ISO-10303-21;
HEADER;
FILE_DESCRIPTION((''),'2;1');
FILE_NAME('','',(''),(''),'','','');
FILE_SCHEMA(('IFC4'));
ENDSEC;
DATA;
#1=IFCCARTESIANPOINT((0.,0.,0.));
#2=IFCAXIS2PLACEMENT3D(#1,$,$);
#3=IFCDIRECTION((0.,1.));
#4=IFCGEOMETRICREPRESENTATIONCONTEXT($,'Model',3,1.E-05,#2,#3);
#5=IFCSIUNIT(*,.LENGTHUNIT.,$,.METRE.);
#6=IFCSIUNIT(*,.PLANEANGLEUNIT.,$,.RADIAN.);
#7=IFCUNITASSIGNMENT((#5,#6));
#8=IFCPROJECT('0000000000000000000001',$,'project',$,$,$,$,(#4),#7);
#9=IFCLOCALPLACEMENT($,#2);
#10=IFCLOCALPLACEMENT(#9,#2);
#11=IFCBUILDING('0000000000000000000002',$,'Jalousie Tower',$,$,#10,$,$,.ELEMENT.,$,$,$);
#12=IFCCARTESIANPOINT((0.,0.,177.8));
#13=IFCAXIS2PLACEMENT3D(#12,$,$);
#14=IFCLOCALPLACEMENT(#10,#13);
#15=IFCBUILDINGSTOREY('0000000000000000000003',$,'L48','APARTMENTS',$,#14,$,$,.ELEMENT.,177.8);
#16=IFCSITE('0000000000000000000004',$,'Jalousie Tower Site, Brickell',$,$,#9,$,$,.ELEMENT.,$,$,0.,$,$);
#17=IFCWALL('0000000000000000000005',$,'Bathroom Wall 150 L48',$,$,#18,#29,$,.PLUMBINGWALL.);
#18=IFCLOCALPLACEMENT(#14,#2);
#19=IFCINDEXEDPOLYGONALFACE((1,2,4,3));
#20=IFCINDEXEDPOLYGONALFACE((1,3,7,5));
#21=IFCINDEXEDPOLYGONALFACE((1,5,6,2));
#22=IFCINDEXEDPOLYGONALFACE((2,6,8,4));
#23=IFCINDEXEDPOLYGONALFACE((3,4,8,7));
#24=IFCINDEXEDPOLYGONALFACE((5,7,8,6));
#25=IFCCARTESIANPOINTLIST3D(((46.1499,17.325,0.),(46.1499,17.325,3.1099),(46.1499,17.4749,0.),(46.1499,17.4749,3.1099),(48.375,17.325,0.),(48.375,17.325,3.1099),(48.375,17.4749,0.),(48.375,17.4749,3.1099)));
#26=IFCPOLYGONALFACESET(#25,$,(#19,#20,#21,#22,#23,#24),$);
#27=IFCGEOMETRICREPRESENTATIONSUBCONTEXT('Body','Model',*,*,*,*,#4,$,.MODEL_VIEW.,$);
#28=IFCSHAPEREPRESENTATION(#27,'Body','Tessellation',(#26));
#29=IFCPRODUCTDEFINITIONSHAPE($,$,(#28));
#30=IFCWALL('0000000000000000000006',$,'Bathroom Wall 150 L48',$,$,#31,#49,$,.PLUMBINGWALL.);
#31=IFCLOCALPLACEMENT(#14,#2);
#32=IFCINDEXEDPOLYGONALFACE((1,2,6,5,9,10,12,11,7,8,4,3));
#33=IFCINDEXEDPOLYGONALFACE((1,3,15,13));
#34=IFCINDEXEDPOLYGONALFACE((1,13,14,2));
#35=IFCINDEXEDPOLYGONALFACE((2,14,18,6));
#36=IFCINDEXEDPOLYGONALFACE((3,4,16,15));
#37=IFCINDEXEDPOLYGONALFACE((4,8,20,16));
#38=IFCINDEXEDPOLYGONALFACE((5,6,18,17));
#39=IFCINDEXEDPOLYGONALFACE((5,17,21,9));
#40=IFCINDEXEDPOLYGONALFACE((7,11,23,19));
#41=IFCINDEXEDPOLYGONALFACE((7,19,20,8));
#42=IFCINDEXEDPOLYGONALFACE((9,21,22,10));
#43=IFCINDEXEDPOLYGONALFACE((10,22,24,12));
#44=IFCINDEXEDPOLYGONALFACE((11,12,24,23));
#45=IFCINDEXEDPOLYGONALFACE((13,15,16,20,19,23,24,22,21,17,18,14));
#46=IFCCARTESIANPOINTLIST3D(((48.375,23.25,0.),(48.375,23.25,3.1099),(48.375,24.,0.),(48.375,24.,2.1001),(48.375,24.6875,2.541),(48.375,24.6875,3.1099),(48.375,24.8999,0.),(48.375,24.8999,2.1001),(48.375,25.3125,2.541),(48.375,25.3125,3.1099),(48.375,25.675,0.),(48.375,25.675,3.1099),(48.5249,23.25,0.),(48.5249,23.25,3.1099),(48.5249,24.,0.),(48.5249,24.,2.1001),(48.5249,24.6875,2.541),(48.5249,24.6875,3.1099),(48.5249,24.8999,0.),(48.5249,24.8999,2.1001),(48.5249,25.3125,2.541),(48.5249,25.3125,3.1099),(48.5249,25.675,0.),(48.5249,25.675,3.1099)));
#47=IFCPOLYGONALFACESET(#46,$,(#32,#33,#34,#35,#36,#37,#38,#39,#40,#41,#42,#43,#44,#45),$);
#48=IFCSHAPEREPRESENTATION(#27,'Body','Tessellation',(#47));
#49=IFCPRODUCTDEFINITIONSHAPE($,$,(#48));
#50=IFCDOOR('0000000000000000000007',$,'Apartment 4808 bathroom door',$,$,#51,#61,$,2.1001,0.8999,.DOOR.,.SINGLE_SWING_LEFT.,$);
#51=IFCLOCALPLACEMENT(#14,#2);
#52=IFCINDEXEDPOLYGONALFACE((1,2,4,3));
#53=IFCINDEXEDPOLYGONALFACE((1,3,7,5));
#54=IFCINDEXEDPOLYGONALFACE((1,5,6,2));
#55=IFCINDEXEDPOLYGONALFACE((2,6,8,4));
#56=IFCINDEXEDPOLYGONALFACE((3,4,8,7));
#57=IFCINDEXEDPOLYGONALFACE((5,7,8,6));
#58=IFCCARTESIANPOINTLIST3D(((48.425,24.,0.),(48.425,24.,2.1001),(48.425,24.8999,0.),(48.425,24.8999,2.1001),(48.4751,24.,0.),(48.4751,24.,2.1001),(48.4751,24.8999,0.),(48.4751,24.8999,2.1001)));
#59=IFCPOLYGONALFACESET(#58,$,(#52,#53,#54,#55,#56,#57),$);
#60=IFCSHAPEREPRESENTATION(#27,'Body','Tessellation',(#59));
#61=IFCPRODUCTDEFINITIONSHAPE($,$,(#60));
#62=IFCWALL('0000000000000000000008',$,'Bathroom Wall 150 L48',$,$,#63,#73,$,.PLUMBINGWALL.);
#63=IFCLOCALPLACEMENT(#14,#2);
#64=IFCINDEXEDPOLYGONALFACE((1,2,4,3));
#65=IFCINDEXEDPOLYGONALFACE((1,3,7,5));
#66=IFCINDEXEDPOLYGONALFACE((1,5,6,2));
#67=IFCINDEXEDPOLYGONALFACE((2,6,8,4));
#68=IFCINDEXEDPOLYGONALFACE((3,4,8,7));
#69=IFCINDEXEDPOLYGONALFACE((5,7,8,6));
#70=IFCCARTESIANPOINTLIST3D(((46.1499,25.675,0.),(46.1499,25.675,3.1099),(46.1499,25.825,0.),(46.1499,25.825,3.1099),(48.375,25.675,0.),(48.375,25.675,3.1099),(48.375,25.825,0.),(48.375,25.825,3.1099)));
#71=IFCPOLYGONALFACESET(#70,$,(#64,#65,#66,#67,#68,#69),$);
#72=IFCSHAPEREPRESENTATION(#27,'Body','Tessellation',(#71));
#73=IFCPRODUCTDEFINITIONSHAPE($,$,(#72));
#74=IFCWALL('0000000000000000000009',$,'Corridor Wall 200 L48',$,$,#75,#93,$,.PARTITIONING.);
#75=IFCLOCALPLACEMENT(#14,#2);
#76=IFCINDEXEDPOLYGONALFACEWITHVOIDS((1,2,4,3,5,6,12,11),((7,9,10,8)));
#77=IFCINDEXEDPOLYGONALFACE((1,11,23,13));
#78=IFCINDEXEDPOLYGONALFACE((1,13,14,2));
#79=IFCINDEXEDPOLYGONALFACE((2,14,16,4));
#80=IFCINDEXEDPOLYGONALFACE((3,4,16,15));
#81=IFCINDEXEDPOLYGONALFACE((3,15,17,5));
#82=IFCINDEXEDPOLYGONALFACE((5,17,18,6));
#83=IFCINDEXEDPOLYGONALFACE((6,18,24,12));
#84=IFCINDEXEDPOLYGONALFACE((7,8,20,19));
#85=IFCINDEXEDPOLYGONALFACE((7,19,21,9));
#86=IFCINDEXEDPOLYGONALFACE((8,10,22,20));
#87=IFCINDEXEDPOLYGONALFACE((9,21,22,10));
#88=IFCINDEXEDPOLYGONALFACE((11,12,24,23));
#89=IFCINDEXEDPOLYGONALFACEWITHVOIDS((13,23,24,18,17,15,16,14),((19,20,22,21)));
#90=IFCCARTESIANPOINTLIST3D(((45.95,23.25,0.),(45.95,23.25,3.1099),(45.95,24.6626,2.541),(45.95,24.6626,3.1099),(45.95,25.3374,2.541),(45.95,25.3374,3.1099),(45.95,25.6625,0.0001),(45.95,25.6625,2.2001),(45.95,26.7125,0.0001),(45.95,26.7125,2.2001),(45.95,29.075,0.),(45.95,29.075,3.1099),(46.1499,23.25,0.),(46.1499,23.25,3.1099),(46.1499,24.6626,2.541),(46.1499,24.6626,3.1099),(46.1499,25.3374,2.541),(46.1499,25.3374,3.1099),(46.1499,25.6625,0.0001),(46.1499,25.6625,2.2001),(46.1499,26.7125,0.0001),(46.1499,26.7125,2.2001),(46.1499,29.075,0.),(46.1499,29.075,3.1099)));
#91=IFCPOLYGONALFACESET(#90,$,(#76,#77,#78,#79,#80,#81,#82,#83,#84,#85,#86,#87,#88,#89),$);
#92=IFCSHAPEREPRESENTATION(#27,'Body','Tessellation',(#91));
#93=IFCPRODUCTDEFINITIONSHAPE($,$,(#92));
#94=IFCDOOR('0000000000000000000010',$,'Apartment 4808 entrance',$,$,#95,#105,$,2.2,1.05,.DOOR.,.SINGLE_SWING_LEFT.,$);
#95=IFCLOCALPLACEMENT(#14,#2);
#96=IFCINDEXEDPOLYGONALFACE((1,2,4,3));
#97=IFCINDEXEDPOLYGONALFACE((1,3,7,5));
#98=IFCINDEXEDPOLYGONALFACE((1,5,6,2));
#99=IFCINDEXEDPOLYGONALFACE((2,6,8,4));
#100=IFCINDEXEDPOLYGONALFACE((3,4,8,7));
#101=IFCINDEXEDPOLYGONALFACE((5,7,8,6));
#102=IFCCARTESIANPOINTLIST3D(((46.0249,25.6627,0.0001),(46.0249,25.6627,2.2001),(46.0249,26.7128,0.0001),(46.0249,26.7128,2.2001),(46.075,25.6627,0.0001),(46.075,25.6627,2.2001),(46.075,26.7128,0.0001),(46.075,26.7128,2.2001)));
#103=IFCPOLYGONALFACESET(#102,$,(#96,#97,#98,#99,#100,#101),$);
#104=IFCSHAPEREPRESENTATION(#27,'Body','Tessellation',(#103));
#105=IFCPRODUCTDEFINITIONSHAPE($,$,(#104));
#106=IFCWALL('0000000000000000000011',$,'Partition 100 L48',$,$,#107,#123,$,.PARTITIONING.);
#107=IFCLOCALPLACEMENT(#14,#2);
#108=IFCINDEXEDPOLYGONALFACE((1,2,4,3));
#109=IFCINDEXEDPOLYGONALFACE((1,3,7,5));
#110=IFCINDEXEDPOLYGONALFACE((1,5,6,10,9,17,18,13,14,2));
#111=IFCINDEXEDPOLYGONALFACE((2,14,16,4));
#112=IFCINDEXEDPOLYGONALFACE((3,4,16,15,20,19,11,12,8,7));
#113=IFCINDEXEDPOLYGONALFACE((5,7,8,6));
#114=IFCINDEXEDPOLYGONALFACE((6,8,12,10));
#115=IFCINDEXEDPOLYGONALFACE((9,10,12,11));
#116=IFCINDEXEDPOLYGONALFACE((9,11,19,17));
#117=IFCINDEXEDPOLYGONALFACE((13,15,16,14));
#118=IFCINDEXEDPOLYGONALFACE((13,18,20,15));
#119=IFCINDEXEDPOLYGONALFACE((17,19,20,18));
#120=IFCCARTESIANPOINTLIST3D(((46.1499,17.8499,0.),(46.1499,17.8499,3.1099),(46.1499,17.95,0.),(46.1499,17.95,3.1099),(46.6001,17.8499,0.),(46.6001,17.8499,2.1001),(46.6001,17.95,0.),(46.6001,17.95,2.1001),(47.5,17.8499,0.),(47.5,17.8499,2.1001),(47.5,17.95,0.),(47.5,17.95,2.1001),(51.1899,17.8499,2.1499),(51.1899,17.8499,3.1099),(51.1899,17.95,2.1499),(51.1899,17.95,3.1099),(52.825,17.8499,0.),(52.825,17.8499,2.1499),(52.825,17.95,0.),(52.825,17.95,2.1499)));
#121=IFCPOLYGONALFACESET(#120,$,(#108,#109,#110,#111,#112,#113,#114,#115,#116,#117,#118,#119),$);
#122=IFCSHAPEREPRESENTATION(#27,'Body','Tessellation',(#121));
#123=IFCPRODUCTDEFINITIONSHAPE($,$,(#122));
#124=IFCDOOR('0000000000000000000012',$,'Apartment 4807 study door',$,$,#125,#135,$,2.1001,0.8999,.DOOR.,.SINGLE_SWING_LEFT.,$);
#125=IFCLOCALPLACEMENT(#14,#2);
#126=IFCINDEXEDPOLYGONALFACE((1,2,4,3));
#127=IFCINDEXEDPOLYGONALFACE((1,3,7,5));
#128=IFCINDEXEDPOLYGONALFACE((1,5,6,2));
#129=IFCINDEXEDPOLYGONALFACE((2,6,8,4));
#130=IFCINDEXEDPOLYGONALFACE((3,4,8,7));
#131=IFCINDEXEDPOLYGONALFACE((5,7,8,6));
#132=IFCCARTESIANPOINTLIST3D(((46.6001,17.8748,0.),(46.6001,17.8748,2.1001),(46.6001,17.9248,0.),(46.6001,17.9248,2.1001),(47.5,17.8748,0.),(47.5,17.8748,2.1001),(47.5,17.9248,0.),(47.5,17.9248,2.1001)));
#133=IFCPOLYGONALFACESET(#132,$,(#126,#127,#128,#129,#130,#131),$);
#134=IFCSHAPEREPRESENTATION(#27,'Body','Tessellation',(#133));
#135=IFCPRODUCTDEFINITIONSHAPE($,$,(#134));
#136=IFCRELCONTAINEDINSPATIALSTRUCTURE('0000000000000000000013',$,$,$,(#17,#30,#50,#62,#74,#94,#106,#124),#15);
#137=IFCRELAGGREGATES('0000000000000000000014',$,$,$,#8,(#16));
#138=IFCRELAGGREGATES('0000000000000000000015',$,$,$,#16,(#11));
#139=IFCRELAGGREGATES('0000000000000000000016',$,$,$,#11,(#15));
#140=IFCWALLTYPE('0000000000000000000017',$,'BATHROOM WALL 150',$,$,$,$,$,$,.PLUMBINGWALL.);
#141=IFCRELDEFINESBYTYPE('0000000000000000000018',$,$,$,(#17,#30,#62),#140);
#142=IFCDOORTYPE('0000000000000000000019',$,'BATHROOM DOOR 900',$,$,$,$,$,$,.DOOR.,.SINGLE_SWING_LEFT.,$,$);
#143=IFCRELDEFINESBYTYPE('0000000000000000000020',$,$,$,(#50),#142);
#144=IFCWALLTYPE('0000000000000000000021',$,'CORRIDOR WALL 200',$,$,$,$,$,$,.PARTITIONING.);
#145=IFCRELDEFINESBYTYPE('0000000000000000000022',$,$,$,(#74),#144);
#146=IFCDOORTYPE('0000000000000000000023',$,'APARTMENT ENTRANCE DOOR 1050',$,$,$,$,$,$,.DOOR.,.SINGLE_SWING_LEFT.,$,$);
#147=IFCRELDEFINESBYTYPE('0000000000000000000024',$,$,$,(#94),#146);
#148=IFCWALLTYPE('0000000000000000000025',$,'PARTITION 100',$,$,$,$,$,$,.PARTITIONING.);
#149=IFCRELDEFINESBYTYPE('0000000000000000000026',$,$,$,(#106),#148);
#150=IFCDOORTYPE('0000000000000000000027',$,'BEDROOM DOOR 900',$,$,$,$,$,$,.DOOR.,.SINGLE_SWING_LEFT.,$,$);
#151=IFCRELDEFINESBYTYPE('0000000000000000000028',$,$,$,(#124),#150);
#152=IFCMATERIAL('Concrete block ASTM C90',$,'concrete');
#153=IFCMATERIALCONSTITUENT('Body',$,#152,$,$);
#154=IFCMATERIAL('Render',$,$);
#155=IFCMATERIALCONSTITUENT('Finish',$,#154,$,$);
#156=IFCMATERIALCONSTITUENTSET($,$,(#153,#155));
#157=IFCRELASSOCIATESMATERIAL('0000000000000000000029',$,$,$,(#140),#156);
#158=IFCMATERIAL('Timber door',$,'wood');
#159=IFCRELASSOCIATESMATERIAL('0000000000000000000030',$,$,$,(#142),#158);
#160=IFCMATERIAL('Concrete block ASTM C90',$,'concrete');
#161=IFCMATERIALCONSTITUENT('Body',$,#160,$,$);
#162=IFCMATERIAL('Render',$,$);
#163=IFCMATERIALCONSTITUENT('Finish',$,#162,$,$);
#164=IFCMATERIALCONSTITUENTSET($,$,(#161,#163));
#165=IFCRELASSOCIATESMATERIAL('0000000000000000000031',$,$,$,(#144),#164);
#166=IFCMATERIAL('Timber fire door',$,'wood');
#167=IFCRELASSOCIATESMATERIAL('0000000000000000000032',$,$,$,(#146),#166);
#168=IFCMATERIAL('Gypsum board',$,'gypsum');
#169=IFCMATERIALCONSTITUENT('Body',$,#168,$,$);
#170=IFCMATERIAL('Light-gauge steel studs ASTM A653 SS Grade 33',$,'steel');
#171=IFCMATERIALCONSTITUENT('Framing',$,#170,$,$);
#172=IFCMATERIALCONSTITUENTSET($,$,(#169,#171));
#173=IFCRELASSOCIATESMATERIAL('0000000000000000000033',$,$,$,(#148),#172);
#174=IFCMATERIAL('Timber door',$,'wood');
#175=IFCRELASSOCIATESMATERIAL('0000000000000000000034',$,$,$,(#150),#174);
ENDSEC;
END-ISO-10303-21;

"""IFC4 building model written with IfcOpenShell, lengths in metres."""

from ifc_helpers import new_model, si_unit, direction, frame, frame_2d, origin, place, context, subcontext, project, spatial, polyline, rectangle, outline, extrude, material, constituent, constituent_set, type_object, element, fill, save


model = new_model("IFC4")

# Units and contexts
model_context = context("Model", 3, precision=1e-05, world=origin(), true_north=direction((0.0, 1.0)))
body_context = subcontext(model_context, "Body", "Model", "MODEL_VIEW")
ifc_project = project(units=[si_unit("LENGTHUNIT", "METRE"), si_unit("PLANEANGLEUNIT", "RADIAN")], contexts=[model_context])

# Site, building, storey
site_placement = place(None, origin())
site = spatial("IfcSite", under=ifc_project, at=site_placement, Name="Jalousie Tower Site, Brickell", CompositionType="ELEMENT", RefElevation=0.0)
building_placement = place(site_placement, origin())
building = spatial("IfcBuilding", under=site, at=building_placement, Name="Jalousie Tower", CompositionType="ELEMENT")
storey_placement = place(building_placement, frame((0.0, 0.0, 177.8)))
storey = spatial("IfcBuildingStorey", under=building, at=storey_placement, Name="L48", Description="APARTMENTS", CompositionType="ELEMENT", Elevation=177.8)

# Wall
ifc_material_1 = material(Name="Concrete block ASTM C90", Category="concrete")
ifc_constituent_1 = constituent(ifc_material_1, Name="Body")
ifc_material_2 = material(Name="Render")
ifc_constituent_2 = constituent(ifc_material_2, Name="Finish")
ifc_constituent_set_1 = constituent_set(constituents=[ifc_constituent_1, ifc_constituent_2])
wall_type_1 = type_object("IfcWallType", Name="BATHROOM WALL 150", PredefinedType="PLUMBINGWALL", material=ifc_constituent_set_1)
wall_1_placement = place(storey_placement, frame((48.375, 17.3999, 0.0), z_axis=(0.0, 0.0, 1.0), x_axis=(-1.0, 0.0, 0.0)))
element("IfcWall", 1, at=wall_1_placement, inside=storey, type_object=wall_type_1, Name="Bathroom Wall 150 L48", PredefinedType="PLUMBINGWALL", context=body_context, shape_type="SweptSolid", body=[
    extrude(rectangle(XDim=2.2251, YDim=0.1499, at=frame_2d((1.1125, 0.0))), origin(), (0.0, 0.0, 1.0), 3.1099),
])

# Wall, opening, door
wall_2_placement = place(storey_placement, frame((48.45, 23.25, 0.0), z_axis=(0.0, 0.0, 1.0), x_axis=(0.0, 1.0, 0.0)))
wall_2 = element("IfcWall", 2, at=wall_2_placement, inside=storey, type_object=wall_type_1, Name="Bathroom Wall 150 L48", PredefinedType="PLUMBINGWALL", context=body_context, shape_type="SweptSolid", body=[
    extrude(outline(polyline([(0.0, 0.0), (2.425, 0.0), (2.425, 3.1099), (2.0625, 3.1099), (2.0625, 2.541), (1.4375, 2.541), (1.4375, 3.1099), (0.0, 3.1099), (0.0, 0.0)])), frame((0.0, 0.075, 0.0), z_axis=(0.0, -1.0, 0.0), x_axis=(1.0, 0.0, 0.0)), (0.0, 0.0, 1.0), 0.1499),
])
opening_1_placement = place(wall_2_placement, frame((0.75, 0.0, 0.0)))
opening_1 = element("IfcOpeningElement", 3, at=opening_1_placement, cuts=wall_2, PredefinedType="OPENING", context=body_context, shape_type="SweptSolid", body=[
    extrude(rectangle(XDim=0.8999, YDim=2.1001, at=frame_2d((0.45, 1.05))), frame((0.0, 0.085, 0.0), z_axis=(0.0, -1.0, 0.0), x_axis=(1.0, 0.0, 0.0)), (0.0, 0.0, 1.0), 0.1699),
])
ifc_material_3 = material(Name="Timber door", Category="wood")
door_type_1 = type_object("IfcDoorType", Name="BATHROOM DOOR 900", OperationType="SINGLE_SWING_LEFT", PredefinedType="DOOR", material=ifc_material_3)
door_1_placement = place(opening_1_placement, origin())
door_1 = element("IfcDoor", 4, at=door_1_placement, inside=storey, type_object=door_type_1, Name="Apartment 4808 bathroom door", OperationType="SINGLE_SWING_LEFT", OverallHeight=2.1001, OverallWidth=0.8999, PredefinedType="DOOR", context=body_context, shape_type="SweptSolid", body=[
    extrude(rectangle(XDim=0.8999, YDim=2.1001, at=frame_2d((0.45, 1.05))), frame((0.0, 0.0249, 0.0), z_axis=(0.0, -1.0, 0.0), x_axis=(1.0, 0.0, 0.0)), (0.0, 0.0, 1.0), 0.05),
])
fill(opening_1, door_1)

# Wall
wall_3_placement = place(storey_placement, frame((48.375, 25.75, 0.0), z_axis=(0.0, 0.0, 1.0), x_axis=(-1.0, 0.0, 0.0)))
element("IfcWall", 5, at=wall_3_placement, inside=storey, type_object=wall_type_1, Name="Bathroom Wall 150 L48", PredefinedType="PLUMBINGWALL", context=body_context, shape_type="SweptSolid", body=[
    extrude(rectangle(XDim=2.2251, YDim=0.1499, at=frame_2d((1.1125, 0.0))), origin(), (0.0, 0.0, 1.0), 3.1099),
])

# Walls, openings, doors
ifc_material_4 = material(Name="Concrete block ASTM C90", Category="concrete")
ifc_constituent_3 = constituent(ifc_material_4, Name="Body")
ifc_material_5 = material(Name="Render")
ifc_constituent_4 = constituent(ifc_material_5, Name="Finish")
ifc_constituent_set_2 = constituent_set(constituents=[ifc_constituent_3, ifc_constituent_4])
wall_type_2 = type_object("IfcWallType", Name="CORRIDOR WALL 200", PredefinedType="PARTITIONING", material=ifc_constituent_set_2)
wall_4_placement = place(storey_placement, frame((46.05, 23.25, 0.0), z_axis=(0.0, 0.0, 1.0), x_axis=(0.0, 1.0, 0.0)))
wall_4 = element("IfcWall", 6, at=wall_4_placement, inside=storey, type_object=wall_type_2, Name="Corridor Wall 200 L48", PredefinedType="PARTITIONING", context=body_context, shape_type="SweptSolid", body=[
    extrude(outline(polyline([(0.0, 0.0), (5.825, 0.0), (5.825, 3.1099), (2.0874, 3.1099), (2.0874, 2.541), (1.4126, 2.541), (1.4126, 3.1099), (0.0, 3.1099), (0.0, 0.0)])), frame((0.0, 0.1001, 0.0), z_axis=(0.0, -1.0, 0.0), x_axis=(1.0, 0.0, 0.0)), (0.0, 0.0, 1.0), 0.2),
])
opening_2_placement = place(wall_4_placement, frame((2.4126, 0.0, 0.0)))
opening_2 = element("IfcOpeningElement", 7, at=opening_2_placement, cuts=wall_4, PredefinedType="OPENING", context=body_context, shape_type="SweptSolid", body=[
    extrude(rectangle(XDim=1.05, YDim=2.2, at=frame_2d((0.5249, 1.1001))), frame((0.0, 0.1099, 0.0), z_axis=(0.0, -1.0, 0.0), x_axis=(1.0, 0.0, 0.0)), (0.0, 0.0, 1.0), 0.22),
])
ifc_material_6 = material(Name="Timber fire door", Category="wood")
door_type_2 = type_object("IfcDoorType", Name="APARTMENT ENTRANCE DOOR 1050", OperationType="SINGLE_SWING_LEFT", PredefinedType="DOOR", material=ifc_material_6)
door_2_placement = place(opening_2_placement, frame((1.05, 0.0, 0.0), z_axis=(0.0, 0.0, 1.0), x_axis=(-1.0, 0.0, 0.0)))
door_2 = element("IfcDoor", 8, at=door_2_placement, inside=storey, type_object=door_type_2, Name="Apartment 4808 entrance", OperationType="SINGLE_SWING_LEFT", OverallHeight=2.2, OverallWidth=1.05, PredefinedType="DOOR", context=body_context, shape_type="SweptSolid", body=[
    extrude(rectangle(XDim=1.05, YDim=2.2, at=frame_2d((0.5249, 1.1001))), frame((0.0, 0.0249, 0.0), z_axis=(0.0, -1.0, 0.0), x_axis=(1.0, 0.0, 0.0)), (0.0, 0.0, 1.0), 0.05),
])
fill(opening_2, door_2)
ifc_material_7 = material(Name="Gypsum board", Category="gypsum")
ifc_constituent_5 = constituent(ifc_material_7, Name="Body")
ifc_material_8 = material(Name="Light-gauge steel studs ASTM A653 SS Grade 33", Category="steel")
ifc_constituent_6 = constituent(ifc_material_8, Name="Framing")
ifc_constituent_set_3 = constituent_set(constituents=[ifc_constituent_5, ifc_constituent_6])
wall_type_3 = type_object("IfcWallType", Name="PARTITION 100", PredefinedType="PARTITIONING", material=ifc_constituent_set_3)
wall_5_placement = place(storey_placement, frame((52.825, 17.8999, 0.0), z_axis=(0.0, 0.0, 1.0), x_axis=(-1.0, 0.0, 0.0)))
wall_5 = element("IfcWall", 9, at=wall_5_placement, inside=storey, type_object=wall_type_3, Name="Partition 100 L48", PredefinedType="PARTITIONING", context=body_context, shape_type="SweptSolid", body=[
    extrude(outline(polyline([(0.0, 0.0), (6.675, 0.0), (6.675, 3.1099), (1.635, 3.1099), (1.635, 2.1499), (0.0, 2.1499), (0.0, 3.1099), (0.0, 0.0)])), frame((0.0, 0.05, 0.0), z_axis=(0.0, -1.0, 0.0), x_axis=(1.0, 0.0, 0.0)), (0.0, 0.0, 1.0), 0.1001),
])
opening_3_placement = place(wall_5_placement, frame((5.325, 0.0, 0.0)))
opening_3 = element("IfcOpeningElement", 10, at=opening_3_placement, cuts=wall_5, PredefinedType="OPENING", context=body_context, shape_type="SweptSolid", body=[
    extrude(rectangle(XDim=0.8999, YDim=2.1001, at=frame_2d((0.45, 1.05))), frame((0.0, 0.0601, 0.0), z_axis=(0.0, -1.0, 0.0), x_axis=(1.0, 0.0, 0.0)), (0.0, 0.0, 1.0), 0.1201),
])
ifc_material_9 = material(Name="Timber door", Category="wood")
door_type_3 = type_object("IfcDoorType", Name="BEDROOM DOOR 900", OperationType="SINGLE_SWING_LEFT", PredefinedType="DOOR", material=ifc_material_9)
door_3_placement = place(opening_3_placement, frame((0.8999, 0.0, 0.0), z_axis=(0.0, 0.0, 1.0), x_axis=(-1.0, 0.0, 0.0)))
door_3 = element("IfcDoor", 11, at=door_3_placement, inside=storey, type_object=door_type_3, Name="Apartment 4807 study door", OperationType="SINGLE_SWING_LEFT", OverallHeight=2.1001, OverallWidth=0.8999, PredefinedType="DOOR", context=body_context, shape_type="SweptSolid", body=[
    extrude(rectangle(XDim=0.8999, YDim=2.1001, at=frame_2d((0.45, 1.05))), frame((0.0, 0.0249, 0.0), z_axis=(0.0, -1.0, 0.0), x_axis=(1.0, 0.0, 0.0)), (0.0, 0.0, 1.0), 0.05),
])
fill(opening_3, door_3)

save(model, "model.ifc")
